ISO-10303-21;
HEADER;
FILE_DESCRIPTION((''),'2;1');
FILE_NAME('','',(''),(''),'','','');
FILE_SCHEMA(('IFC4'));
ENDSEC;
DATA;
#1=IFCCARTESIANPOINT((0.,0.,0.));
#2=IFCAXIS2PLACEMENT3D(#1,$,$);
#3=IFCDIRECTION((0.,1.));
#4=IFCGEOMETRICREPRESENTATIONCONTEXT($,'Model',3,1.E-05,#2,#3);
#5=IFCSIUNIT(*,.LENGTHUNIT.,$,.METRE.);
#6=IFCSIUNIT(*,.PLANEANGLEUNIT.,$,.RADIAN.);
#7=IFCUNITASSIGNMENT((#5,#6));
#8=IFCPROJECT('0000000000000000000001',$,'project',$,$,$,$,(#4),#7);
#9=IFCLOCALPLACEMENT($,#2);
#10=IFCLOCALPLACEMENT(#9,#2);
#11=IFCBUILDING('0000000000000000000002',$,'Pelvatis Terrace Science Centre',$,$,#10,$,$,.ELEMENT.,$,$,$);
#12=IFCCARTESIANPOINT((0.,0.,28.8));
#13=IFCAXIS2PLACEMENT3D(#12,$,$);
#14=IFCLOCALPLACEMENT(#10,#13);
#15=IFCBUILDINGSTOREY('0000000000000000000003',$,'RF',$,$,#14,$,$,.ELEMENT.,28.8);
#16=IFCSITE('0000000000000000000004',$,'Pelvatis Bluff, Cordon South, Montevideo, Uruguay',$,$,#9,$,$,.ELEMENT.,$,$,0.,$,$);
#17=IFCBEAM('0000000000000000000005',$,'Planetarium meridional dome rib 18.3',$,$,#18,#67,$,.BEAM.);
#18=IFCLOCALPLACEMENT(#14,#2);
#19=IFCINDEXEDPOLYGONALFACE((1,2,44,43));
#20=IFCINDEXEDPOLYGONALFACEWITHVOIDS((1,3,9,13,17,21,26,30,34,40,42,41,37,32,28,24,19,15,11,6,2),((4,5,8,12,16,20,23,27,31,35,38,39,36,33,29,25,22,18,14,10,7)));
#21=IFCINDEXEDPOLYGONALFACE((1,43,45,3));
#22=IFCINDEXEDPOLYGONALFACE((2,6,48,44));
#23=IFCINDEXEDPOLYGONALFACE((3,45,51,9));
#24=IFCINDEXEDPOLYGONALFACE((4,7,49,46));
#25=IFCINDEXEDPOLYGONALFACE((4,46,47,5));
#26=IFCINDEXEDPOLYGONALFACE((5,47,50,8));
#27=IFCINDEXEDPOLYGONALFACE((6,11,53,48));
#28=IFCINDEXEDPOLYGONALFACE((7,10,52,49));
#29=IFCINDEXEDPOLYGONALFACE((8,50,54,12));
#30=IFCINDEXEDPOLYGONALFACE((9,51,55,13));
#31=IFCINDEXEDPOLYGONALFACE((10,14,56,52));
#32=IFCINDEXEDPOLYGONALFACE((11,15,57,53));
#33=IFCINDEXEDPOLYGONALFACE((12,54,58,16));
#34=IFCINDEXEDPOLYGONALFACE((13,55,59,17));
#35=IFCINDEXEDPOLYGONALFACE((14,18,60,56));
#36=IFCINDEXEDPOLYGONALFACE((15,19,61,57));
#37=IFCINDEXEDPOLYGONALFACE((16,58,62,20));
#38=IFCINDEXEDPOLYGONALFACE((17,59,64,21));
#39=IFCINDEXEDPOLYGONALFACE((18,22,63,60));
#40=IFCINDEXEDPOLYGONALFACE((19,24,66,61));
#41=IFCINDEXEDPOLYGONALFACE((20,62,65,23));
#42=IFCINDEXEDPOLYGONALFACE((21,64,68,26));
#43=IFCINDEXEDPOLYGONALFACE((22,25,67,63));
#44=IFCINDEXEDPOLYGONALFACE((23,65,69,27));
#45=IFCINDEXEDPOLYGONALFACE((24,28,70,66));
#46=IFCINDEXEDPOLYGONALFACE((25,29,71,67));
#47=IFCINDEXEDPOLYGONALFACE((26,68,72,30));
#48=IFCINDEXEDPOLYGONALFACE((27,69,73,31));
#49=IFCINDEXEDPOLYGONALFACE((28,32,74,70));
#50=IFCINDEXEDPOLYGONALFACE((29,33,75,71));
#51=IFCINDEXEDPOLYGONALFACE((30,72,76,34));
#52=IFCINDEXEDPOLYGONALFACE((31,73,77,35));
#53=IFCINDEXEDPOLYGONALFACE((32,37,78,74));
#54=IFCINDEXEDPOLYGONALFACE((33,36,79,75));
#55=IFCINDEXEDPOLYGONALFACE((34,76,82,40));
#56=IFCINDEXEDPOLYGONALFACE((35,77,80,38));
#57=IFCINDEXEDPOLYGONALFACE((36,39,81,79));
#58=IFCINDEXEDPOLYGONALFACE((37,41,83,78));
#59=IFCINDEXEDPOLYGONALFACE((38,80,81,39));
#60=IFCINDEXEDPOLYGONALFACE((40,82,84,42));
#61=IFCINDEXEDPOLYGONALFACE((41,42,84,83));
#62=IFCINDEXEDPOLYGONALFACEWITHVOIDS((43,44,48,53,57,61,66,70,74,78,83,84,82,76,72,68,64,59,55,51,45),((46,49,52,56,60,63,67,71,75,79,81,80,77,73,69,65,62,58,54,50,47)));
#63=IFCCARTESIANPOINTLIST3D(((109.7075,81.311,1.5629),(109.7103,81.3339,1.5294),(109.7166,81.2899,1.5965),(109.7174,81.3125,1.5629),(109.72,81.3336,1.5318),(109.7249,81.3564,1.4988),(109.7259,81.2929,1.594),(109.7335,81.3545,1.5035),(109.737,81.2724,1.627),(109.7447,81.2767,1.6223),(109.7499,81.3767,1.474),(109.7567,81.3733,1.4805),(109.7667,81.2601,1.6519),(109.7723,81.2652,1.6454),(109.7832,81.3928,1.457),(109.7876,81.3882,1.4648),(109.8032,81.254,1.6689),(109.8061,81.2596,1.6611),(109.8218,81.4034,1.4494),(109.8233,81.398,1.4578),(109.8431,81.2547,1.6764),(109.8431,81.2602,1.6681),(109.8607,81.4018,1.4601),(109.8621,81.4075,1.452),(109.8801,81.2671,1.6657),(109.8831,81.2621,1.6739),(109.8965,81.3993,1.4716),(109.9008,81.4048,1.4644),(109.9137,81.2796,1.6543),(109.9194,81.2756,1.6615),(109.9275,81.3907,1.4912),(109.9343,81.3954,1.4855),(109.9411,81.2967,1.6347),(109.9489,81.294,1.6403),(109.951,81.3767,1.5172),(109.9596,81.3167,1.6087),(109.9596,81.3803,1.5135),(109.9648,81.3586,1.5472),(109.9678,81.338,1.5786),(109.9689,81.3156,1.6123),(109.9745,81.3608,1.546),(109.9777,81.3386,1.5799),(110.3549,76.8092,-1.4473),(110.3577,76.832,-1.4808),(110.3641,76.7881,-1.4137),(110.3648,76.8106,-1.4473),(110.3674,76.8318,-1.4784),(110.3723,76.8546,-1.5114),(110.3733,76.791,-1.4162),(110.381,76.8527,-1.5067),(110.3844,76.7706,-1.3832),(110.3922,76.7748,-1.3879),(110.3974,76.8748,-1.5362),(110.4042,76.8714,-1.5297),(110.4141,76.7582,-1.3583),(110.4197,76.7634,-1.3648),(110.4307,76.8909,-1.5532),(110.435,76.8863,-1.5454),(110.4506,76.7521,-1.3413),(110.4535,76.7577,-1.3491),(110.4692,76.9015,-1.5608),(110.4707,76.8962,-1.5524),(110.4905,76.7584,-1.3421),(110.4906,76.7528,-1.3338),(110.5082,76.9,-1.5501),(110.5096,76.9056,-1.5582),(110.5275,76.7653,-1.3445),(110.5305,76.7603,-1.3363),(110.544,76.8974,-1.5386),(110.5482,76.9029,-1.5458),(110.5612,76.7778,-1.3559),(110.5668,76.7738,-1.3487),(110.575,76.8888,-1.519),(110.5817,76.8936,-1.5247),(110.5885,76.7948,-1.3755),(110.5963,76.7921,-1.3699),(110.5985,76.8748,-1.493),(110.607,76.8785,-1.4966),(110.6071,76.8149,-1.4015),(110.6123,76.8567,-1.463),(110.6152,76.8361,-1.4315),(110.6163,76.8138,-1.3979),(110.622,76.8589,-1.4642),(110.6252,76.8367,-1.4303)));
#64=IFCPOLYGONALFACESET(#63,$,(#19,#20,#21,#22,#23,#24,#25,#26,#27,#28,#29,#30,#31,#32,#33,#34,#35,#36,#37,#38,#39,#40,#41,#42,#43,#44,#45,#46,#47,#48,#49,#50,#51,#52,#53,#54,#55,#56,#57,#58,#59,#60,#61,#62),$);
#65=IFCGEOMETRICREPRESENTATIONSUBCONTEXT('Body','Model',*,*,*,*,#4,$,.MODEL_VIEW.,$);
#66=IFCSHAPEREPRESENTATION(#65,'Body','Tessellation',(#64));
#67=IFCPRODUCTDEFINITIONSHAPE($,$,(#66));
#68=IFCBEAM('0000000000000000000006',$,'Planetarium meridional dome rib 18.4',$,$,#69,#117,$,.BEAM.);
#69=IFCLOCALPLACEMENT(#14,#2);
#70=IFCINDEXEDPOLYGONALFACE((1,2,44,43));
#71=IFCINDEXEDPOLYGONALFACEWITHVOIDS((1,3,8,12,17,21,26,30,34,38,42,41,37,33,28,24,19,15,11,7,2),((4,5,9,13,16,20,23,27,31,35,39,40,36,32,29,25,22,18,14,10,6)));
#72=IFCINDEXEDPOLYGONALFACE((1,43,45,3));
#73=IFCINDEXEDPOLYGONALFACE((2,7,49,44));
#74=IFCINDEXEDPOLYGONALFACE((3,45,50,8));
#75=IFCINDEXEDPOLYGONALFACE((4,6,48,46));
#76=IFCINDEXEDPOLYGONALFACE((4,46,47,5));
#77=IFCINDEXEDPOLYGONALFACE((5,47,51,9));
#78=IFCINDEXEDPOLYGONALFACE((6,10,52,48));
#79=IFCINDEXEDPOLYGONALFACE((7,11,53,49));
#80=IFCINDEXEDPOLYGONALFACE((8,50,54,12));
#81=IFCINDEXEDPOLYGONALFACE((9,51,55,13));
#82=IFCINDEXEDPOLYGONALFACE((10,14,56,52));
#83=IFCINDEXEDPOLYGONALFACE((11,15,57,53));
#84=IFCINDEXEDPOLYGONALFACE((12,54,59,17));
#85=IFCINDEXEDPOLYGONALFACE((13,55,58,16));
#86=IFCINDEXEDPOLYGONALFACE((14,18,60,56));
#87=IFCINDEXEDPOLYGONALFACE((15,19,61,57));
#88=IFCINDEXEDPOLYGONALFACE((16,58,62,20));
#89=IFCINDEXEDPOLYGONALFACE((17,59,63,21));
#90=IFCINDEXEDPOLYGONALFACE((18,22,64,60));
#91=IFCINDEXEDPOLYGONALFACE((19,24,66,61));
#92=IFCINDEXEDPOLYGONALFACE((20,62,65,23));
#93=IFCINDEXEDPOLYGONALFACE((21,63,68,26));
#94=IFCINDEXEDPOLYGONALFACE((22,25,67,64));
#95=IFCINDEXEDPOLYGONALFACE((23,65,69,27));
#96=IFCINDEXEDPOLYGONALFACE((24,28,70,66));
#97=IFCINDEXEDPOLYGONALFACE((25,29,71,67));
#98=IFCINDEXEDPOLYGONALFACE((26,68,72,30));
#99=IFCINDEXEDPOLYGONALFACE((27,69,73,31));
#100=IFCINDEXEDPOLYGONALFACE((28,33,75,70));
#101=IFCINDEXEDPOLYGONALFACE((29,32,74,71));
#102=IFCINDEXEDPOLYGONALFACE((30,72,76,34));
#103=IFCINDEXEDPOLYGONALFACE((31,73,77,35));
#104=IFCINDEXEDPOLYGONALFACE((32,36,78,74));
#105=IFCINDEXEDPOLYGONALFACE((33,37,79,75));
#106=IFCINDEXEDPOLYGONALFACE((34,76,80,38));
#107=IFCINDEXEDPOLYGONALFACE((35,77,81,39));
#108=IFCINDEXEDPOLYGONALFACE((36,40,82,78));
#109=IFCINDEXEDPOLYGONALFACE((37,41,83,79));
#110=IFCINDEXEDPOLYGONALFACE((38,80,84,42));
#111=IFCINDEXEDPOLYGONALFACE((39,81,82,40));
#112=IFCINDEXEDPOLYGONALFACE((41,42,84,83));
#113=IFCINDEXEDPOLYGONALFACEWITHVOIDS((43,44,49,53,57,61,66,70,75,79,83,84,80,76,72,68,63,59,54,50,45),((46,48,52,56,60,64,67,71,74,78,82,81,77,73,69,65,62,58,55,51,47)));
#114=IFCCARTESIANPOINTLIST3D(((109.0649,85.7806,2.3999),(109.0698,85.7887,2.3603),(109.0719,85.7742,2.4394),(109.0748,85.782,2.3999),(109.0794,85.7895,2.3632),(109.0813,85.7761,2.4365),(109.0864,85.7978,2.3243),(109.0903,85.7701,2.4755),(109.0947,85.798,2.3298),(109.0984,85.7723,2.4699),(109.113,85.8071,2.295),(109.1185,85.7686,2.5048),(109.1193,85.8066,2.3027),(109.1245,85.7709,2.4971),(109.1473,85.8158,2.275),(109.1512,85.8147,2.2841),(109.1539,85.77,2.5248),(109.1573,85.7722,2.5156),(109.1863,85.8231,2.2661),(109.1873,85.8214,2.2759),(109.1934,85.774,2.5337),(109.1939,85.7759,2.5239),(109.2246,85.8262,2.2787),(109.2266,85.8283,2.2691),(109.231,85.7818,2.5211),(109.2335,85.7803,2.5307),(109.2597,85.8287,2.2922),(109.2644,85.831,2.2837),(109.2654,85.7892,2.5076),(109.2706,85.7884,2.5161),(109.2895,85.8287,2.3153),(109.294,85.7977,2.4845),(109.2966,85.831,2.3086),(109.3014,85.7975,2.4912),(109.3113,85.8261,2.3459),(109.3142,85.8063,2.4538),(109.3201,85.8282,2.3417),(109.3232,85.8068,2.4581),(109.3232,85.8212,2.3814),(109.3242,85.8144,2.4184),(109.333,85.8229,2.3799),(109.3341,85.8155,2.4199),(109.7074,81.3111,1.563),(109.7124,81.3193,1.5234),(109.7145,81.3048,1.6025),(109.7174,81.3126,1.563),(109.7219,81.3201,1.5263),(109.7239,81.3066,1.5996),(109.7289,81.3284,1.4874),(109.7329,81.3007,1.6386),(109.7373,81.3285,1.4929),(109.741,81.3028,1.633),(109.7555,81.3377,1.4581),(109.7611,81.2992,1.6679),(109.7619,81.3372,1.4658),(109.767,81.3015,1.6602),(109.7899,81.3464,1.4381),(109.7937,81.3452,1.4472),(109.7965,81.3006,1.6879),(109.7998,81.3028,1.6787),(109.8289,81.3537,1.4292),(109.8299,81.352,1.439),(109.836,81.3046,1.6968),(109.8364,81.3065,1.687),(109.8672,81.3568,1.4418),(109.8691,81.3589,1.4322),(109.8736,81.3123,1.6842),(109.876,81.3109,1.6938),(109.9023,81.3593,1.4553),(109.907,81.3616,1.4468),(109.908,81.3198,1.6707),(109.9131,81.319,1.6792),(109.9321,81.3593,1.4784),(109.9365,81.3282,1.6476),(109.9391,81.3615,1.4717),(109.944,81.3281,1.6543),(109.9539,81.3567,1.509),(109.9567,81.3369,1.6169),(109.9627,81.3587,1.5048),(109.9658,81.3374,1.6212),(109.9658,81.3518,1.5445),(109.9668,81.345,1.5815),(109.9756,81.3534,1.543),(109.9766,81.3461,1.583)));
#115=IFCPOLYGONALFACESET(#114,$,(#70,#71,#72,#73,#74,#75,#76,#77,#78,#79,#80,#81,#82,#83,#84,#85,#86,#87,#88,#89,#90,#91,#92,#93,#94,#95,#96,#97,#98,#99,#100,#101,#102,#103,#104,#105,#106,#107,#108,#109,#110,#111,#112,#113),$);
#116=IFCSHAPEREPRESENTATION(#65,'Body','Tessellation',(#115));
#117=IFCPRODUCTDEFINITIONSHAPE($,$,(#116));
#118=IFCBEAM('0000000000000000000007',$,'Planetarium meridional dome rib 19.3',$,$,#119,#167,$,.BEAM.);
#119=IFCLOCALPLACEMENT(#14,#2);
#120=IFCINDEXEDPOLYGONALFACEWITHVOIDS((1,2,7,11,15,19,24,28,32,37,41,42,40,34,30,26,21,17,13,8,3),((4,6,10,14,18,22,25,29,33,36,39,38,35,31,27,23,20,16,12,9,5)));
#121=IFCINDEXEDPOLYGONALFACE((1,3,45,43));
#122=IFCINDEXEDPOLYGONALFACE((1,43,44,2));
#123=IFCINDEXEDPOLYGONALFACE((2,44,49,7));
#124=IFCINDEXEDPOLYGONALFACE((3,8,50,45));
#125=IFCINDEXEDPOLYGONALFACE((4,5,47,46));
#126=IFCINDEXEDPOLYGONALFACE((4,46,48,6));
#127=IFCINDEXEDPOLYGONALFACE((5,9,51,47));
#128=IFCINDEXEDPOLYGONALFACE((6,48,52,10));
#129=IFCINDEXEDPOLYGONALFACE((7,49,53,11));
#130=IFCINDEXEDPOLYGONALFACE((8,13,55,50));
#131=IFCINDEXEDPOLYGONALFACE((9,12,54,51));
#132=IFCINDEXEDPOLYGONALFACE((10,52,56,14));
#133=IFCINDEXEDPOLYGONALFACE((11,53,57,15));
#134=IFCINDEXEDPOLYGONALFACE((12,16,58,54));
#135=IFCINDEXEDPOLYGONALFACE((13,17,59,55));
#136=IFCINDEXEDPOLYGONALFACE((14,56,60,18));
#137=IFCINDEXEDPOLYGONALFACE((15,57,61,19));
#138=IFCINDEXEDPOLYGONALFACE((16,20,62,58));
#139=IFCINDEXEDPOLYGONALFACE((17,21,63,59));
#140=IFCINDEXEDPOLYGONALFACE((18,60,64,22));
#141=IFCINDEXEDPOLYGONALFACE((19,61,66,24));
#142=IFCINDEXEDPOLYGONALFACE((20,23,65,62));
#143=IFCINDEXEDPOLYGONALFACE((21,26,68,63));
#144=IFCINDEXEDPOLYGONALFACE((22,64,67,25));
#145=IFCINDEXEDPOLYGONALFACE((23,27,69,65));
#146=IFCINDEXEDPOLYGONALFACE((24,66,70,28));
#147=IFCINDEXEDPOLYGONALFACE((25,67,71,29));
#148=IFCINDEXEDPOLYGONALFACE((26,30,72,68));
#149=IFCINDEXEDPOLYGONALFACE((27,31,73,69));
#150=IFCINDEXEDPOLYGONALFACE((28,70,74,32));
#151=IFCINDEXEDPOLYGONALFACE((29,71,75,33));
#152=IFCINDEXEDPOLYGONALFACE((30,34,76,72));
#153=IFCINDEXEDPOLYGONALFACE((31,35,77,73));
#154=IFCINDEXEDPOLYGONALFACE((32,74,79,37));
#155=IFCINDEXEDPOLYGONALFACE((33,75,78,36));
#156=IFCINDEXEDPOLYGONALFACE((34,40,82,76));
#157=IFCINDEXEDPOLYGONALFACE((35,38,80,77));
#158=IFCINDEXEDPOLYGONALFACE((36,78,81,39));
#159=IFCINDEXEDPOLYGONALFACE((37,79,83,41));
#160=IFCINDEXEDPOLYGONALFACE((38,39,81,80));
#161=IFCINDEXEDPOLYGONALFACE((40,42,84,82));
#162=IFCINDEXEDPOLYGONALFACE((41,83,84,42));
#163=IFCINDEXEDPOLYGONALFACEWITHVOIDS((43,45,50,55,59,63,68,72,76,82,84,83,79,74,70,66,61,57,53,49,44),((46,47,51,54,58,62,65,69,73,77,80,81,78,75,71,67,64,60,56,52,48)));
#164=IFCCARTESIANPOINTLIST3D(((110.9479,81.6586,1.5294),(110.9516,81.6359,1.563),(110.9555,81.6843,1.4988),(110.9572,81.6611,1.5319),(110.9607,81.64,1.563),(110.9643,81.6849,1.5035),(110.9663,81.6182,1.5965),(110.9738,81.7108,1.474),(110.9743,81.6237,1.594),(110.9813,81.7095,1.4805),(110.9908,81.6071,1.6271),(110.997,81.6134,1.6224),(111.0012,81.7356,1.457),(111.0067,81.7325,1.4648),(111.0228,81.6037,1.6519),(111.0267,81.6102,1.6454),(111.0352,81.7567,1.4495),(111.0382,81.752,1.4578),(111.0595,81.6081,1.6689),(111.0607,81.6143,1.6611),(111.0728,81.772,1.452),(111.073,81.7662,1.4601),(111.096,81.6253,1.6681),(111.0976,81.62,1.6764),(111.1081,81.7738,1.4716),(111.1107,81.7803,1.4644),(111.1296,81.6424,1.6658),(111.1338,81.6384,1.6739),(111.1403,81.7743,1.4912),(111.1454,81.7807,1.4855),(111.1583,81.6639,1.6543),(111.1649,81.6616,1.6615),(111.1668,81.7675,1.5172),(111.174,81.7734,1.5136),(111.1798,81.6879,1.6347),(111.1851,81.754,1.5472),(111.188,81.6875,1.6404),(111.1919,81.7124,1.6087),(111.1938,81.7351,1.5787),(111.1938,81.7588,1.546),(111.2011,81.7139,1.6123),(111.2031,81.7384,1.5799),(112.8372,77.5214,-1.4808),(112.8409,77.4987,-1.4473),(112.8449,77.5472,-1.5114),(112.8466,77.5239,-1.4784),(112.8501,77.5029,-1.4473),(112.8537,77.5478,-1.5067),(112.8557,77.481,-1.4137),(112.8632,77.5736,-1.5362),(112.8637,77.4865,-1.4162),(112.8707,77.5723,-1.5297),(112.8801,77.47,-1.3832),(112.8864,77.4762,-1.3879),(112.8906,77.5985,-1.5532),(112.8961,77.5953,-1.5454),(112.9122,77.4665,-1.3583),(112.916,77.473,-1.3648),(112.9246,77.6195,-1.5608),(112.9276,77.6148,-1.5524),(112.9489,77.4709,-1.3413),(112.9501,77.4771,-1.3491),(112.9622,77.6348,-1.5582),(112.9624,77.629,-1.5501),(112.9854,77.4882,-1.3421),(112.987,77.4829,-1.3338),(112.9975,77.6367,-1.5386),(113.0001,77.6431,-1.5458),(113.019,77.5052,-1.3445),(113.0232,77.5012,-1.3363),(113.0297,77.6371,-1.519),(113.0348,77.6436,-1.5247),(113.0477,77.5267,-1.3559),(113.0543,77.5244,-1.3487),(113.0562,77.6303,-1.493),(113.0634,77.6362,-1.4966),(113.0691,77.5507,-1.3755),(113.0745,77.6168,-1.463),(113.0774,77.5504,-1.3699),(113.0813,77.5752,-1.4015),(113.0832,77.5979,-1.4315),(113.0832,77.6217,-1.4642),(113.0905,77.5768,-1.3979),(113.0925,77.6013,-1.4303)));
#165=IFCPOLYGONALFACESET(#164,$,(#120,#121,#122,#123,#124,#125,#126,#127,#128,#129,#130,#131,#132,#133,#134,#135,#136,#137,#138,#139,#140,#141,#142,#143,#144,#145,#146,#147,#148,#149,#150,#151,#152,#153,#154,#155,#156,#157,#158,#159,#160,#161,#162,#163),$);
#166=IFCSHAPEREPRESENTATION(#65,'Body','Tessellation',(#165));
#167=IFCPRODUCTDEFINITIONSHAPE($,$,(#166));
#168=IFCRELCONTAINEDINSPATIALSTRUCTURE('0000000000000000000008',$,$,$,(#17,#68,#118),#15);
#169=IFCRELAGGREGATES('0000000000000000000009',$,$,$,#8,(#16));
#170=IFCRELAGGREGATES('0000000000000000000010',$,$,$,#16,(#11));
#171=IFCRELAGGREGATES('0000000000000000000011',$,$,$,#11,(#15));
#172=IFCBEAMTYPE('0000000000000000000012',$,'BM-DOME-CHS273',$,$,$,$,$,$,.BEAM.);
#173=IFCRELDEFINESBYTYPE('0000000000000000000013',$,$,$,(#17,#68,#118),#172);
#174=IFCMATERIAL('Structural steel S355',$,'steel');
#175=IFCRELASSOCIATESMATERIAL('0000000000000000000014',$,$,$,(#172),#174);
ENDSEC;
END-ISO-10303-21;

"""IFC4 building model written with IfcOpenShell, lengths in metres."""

from ifc_helpers import new_model, si_unit, direction, frame, origin, origin_2d, place, context, subcontext, project, spatial, hollow_circle, extrude, material, material_profile, profile_set, type_object, element, save


model = new_model("IFC4")

# Units and contexts
model_context = context("Model", 3, precision=1e-05, world=origin(), true_north=direction((0.0, 1.0)))
body_context = subcontext(model_context, "Body", "Model", "MODEL_VIEW")
ifc_project = project(units=[si_unit("LENGTHUNIT", "METRE"), si_unit("PLANEANGLEUNIT", "RADIAN")], contexts=[model_context])

# Site, building, storey
site_placement = place(None, origin())
site = spatial("IfcSite", under=ifc_project, at=site_placement, Name="Pelvatis Bluff, Cordon South, Montevideo, Uruguay", CompositionType="ELEMENT", RefElevation=0.0)
building_placement = place(site_placement, origin())
building = spatial("IfcBuilding", under=site, at=building_placement, Name="Pelvatis Terrace Science Centre", CompositionType="ELEMENT")
storey_placement = place(building_placement, frame((0.0, 0.0, 28.8)))
storey = spatial("IfcBuildingStorey", under=building, at=storey_placement, Name="RF", CompositionType="ELEMENT", Elevation=28.8)

# Beams
ifc_material_1 = material(Name="Structural steel S355", Category="steel")
ifc_material_profile_1 = material_profile(ifc_material_1, hollow_circle(Radius=0.1365, WallThickness=0.01, at=origin_2d()), Name="CHS 273.0x10.0")
ifc_profile_set_1 = profile_set([ifc_material_profile_1], Name="Structural steel S355")
beam_type_1 = type_object("IfcBeamType", Name="BM-DOME-CHS273", PredefinedType="BEAM", material=ifc_profile_set_1)
beam_1_placement = place(storey_placement, frame((110.49, 76.8286, -1.4473), z_axis=(-0.118708, 0.825409, 0.551914), x_axis=(-0.989816, -0.142353, 0.0)))
element("IfcBeam", 1, at=beam_1_placement, inside=storey, type_object=beam_type_1, Name="Planetarium meridional dome rib 18.3", PredefinedType="BEAM", context=body_context, shape_type="SweptSolid", body=[
    extrude(hollow_circle(Radius=0.1365, WallThickness=0.01, at=origin_2d()), origin(), (0.0, 0.0, 1.0), 5.4541),
])
beam_2_placement = place(storey_placement, frame((109.8425, 81.3306, 1.563), z_axis=(-0.139924, 0.973247, 0.182241), x_axis=(-0.989823, -0.142307, 0.0)))
element("IfcBeam", 2, at=beam_2_placement, inside=storey, type_object=beam_type_1, Name="Planetarium meridional dome rib 18.4", PredefinedType="BEAM", context=body_context, shape_type="SweptSolid", body=[
    extrude(hollow_circle(Radius=0.1365, WallThickness=0.01, at=origin_2d()), origin(), (0.0, 0.0, 1.0), 4.5923),
])
beam_3_placement = place(storey_placement, frame((112.9651, 77.5554, -1.4473), z_axis=(-0.346415, 0.75854, 0.551918), x_axis=(-0.909632, -0.415416, 0.0)))
element("IfcBeam", 3, at=beam_3_placement, inside=storey, type_object=beam_type_1, Name="Planetarium meridional dome rib 19.3", PredefinedType="BEAM", context=body_context, shape_type="SweptSolid", body=[
    extrude(hollow_circle(Radius=0.1365, WallThickness=0.01, at=origin_2d()), origin(), (0.0, 0.0, 1.0), 5.4541),
])

save(model, "model.ifc")
